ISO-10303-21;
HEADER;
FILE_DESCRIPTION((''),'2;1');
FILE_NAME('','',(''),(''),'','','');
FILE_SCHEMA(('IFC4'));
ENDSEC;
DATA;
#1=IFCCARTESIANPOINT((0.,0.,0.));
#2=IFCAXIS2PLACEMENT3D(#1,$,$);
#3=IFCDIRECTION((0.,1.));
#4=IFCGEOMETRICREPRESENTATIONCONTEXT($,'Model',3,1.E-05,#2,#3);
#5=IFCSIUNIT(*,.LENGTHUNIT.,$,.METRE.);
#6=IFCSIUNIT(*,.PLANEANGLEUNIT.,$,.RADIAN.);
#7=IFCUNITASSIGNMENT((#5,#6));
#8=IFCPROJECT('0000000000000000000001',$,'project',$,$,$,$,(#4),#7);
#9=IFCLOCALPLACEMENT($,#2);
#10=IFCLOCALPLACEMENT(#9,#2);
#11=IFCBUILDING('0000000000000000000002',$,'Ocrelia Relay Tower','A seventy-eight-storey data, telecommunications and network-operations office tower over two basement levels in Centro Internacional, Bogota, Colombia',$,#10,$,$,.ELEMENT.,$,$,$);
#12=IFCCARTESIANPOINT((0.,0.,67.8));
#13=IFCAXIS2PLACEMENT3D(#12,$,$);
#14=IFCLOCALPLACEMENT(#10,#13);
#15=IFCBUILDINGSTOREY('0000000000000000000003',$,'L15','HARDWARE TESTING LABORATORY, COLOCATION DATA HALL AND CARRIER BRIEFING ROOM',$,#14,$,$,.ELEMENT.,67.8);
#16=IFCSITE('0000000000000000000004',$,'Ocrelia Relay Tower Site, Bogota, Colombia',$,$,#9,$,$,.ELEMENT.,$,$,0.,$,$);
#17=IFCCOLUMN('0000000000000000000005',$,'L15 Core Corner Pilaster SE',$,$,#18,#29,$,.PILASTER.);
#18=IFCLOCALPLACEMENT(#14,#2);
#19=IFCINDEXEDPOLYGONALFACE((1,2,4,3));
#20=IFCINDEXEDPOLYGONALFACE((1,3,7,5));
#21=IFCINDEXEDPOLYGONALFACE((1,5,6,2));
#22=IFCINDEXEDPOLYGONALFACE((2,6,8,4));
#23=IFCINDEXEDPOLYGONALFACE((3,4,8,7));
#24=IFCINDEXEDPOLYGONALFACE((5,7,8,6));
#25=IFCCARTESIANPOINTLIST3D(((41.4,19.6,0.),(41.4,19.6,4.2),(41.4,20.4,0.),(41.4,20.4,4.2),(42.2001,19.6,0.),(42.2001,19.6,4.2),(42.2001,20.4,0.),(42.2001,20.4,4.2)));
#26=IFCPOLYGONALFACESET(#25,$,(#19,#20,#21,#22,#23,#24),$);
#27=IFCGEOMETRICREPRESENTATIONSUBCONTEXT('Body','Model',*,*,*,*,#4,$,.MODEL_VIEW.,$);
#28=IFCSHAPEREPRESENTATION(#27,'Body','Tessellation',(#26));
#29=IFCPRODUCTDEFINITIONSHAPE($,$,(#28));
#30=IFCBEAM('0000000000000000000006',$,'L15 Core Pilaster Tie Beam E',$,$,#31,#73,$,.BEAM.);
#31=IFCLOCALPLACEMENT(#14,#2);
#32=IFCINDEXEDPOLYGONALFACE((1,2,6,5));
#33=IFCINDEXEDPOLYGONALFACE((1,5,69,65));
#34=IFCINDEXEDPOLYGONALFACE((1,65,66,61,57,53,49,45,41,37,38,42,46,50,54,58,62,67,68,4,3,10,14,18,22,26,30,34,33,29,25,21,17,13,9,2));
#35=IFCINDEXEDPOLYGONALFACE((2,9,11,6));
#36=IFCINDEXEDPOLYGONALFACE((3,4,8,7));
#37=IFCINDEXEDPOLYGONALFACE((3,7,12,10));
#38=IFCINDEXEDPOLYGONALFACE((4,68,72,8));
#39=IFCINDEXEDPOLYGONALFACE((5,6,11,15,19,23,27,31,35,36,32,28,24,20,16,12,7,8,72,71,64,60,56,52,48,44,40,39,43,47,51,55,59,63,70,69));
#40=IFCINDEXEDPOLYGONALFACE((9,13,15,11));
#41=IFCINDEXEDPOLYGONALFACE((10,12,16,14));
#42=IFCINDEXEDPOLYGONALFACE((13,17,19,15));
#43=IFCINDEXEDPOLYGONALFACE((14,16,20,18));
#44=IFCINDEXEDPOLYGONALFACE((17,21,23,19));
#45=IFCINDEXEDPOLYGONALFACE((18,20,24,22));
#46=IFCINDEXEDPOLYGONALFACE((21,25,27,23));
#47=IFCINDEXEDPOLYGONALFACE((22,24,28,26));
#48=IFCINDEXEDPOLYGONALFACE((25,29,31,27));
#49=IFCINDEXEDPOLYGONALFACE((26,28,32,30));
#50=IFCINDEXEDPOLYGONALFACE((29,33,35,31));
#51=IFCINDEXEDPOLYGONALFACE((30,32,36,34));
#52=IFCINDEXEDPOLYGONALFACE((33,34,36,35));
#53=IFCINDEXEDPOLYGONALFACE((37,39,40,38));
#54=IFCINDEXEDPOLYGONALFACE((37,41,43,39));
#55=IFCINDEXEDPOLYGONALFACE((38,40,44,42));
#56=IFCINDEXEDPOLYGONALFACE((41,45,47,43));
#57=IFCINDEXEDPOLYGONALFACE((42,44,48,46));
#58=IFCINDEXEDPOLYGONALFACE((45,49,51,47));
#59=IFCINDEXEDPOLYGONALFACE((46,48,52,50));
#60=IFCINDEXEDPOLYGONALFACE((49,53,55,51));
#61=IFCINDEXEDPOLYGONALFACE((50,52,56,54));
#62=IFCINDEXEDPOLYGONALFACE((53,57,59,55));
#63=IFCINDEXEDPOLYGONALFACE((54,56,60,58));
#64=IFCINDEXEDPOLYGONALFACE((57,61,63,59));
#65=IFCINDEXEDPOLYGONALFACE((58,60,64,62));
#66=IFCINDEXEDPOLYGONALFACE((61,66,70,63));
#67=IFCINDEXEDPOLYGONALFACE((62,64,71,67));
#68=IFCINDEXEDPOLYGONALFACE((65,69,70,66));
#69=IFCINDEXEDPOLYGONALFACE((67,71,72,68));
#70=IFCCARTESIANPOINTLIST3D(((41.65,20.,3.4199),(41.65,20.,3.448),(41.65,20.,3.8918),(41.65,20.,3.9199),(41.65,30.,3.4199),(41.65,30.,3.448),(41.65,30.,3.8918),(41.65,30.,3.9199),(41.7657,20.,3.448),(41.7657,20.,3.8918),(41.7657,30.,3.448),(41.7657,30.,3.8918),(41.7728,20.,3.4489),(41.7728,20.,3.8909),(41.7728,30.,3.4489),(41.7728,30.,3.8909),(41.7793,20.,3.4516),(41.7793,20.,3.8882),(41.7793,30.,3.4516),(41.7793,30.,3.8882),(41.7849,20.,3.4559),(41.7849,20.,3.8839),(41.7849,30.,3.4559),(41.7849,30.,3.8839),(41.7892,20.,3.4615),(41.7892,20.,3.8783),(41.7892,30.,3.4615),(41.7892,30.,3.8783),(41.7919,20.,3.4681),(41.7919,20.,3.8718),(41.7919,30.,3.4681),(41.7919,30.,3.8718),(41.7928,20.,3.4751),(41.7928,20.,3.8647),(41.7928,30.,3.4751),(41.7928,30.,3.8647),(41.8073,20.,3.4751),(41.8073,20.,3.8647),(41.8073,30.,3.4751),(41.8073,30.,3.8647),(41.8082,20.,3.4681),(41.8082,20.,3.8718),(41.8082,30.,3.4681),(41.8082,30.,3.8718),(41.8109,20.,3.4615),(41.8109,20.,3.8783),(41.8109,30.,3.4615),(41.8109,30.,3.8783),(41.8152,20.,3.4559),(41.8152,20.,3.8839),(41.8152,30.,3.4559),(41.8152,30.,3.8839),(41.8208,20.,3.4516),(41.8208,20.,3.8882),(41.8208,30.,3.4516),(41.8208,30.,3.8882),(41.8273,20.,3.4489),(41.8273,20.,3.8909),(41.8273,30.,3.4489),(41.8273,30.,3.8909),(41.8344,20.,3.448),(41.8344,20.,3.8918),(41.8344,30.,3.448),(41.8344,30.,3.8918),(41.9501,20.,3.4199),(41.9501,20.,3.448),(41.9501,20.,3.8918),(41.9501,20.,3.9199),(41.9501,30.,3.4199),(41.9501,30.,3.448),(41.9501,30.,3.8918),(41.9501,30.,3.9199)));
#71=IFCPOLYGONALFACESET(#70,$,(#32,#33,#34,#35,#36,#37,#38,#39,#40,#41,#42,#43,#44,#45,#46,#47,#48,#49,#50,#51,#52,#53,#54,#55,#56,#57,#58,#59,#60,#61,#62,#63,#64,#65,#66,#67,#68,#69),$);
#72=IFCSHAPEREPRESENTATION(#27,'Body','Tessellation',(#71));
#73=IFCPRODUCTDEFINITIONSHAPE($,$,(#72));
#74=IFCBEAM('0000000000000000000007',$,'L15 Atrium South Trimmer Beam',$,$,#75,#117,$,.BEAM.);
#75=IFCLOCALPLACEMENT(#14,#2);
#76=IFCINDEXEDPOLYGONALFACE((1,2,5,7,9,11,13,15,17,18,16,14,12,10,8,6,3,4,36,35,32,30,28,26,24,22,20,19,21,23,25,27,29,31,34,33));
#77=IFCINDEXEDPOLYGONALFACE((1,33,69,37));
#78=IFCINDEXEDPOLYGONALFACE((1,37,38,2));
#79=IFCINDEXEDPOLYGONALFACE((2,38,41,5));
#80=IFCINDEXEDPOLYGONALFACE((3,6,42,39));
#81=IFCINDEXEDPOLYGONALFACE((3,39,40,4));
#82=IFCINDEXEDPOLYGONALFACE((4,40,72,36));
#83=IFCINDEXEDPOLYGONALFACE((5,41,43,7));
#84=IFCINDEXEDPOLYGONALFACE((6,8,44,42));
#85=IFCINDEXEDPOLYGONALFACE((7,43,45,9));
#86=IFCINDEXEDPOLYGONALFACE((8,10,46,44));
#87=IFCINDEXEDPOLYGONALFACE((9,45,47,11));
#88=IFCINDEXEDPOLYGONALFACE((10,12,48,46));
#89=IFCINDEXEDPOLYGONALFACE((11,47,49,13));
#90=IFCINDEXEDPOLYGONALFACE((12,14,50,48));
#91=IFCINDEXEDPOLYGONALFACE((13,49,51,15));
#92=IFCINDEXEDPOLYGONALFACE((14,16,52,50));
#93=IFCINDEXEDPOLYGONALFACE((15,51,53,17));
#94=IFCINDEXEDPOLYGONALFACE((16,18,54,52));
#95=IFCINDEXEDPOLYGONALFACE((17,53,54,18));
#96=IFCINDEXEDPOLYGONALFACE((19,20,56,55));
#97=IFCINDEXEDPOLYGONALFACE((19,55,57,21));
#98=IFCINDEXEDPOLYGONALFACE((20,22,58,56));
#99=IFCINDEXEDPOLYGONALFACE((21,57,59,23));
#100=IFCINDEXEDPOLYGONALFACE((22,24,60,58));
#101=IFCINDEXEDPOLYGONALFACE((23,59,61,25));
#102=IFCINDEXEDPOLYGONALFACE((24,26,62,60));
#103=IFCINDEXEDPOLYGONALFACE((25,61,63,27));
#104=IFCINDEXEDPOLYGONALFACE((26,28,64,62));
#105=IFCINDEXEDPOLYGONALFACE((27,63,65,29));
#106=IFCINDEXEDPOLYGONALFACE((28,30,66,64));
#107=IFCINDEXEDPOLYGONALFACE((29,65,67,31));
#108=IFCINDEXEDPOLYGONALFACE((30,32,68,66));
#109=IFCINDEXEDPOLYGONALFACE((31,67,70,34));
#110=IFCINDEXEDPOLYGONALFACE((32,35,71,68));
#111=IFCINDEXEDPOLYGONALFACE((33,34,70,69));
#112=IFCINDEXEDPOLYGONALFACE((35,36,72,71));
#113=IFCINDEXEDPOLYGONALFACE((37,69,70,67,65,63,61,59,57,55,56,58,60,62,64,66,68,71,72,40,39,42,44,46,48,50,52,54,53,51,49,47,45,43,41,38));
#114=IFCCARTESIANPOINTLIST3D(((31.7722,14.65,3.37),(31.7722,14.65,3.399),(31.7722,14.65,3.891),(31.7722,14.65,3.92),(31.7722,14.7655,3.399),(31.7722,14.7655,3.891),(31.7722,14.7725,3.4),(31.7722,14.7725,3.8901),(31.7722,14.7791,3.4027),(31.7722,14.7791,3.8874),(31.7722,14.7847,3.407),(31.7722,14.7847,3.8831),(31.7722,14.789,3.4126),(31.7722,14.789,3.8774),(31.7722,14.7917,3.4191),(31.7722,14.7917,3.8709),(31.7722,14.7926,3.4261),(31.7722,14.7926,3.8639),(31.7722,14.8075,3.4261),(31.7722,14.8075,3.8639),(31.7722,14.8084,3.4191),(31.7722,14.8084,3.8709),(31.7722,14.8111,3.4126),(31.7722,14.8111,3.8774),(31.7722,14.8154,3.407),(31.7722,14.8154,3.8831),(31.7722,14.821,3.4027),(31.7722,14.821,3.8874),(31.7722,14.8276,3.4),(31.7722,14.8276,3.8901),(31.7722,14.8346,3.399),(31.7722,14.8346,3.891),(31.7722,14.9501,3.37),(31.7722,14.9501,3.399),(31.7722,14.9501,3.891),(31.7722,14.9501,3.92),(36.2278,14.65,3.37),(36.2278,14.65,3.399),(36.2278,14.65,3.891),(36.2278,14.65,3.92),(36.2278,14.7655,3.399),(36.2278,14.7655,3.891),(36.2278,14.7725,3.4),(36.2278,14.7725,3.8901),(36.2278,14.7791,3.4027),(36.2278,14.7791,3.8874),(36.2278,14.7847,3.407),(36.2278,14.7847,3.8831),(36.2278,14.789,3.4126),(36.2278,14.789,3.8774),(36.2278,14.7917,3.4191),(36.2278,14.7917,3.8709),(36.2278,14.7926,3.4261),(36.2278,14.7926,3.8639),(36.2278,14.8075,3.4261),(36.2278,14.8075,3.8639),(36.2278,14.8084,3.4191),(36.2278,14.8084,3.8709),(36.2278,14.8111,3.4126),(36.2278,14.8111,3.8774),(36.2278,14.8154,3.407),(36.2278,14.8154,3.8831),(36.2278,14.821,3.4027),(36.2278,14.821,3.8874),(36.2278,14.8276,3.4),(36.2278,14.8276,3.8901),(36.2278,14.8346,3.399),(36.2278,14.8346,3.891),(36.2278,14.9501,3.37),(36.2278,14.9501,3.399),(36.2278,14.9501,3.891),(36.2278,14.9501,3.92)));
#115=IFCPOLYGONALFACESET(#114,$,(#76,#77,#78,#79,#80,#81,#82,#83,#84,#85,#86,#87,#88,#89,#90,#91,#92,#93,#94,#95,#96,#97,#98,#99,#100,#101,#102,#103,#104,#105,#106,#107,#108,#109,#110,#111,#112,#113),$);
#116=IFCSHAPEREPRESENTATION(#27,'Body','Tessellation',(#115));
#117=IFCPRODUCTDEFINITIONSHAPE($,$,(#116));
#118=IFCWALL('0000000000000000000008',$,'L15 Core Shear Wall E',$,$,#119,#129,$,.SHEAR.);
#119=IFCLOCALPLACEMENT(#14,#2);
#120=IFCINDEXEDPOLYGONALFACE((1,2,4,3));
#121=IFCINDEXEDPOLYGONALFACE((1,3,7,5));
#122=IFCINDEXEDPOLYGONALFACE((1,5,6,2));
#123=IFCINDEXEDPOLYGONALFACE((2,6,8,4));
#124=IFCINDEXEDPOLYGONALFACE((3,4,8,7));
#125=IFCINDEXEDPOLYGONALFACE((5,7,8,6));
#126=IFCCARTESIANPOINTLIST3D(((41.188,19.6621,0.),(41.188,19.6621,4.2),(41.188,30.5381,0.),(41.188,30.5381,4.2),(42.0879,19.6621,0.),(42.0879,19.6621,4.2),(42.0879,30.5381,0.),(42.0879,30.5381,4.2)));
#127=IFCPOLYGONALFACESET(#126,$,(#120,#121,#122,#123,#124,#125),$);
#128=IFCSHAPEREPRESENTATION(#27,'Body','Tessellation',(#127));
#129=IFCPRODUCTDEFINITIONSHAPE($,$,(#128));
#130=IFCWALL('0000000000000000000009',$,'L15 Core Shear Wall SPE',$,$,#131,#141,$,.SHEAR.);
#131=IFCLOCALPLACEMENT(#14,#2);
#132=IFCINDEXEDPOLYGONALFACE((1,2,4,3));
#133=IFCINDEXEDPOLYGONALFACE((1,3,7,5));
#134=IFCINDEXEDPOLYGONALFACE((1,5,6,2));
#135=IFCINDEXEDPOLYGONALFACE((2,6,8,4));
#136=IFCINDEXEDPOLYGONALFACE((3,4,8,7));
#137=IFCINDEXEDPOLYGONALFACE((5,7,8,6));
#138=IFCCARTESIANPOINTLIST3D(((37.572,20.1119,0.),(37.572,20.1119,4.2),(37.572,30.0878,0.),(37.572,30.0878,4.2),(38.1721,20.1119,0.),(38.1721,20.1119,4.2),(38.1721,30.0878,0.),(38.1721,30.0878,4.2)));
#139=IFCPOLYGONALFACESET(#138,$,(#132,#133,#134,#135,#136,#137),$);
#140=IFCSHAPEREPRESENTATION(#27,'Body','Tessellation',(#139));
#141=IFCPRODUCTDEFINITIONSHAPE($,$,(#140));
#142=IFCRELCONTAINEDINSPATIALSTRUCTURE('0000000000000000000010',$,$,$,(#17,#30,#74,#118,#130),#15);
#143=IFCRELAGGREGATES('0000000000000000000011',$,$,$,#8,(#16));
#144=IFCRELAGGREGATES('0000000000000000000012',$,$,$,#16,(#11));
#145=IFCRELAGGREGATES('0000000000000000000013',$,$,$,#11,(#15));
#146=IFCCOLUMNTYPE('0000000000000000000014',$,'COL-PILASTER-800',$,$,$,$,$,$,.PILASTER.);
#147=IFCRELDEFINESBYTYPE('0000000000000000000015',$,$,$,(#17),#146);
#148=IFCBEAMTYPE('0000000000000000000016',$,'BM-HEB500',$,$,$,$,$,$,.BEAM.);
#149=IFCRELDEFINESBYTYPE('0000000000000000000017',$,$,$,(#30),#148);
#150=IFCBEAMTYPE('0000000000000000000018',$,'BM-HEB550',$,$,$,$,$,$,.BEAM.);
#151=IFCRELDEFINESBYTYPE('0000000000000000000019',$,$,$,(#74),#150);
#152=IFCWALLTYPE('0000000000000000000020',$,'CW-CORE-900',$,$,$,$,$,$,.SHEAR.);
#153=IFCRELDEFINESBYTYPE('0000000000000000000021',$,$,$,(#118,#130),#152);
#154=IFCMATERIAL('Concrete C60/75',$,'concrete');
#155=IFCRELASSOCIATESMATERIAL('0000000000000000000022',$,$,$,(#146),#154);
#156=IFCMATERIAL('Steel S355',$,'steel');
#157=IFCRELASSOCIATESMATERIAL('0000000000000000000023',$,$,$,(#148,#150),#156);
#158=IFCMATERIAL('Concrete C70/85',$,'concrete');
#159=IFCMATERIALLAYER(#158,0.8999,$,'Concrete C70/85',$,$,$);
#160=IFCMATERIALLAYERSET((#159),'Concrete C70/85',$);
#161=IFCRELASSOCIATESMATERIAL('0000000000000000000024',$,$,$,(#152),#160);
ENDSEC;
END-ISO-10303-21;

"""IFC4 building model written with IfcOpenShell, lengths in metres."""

from ifc_helpers import new_model, si_unit, direction, frame, frame_2d, origin, origin_2d, place, context, subcontext, project, spatial, rectangle, i_section, extrude, material, layer, layer_set, material_profile, profile_set, type_object, element, save


model = new_model("IFC4")

# Units and contexts
model_context = context("Model", 3, precision=1e-05, world=origin(), true_north=direction((0.0, 1.0)))
body_context = subcontext(model_context, "Body", "Model", "MODEL_VIEW")
ifc_project = project(units=[si_unit("LENGTHUNIT", "METRE"), si_unit("PLANEANGLEUNIT", "RADIAN")], contexts=[model_context])

# Site, building, storey
site_placement = place(None, origin())
site = spatial("IfcSite", under=ifc_project, at=site_placement, Name="Ocrelia Relay Tower Site, Bogota, Colombia", CompositionType="ELEMENT", RefElevation=0.0)
building_placement = place(site_placement, origin())
building = spatial("IfcBuilding", under=site, at=building_placement, Name="Ocrelia Relay Tower", Description="A seventy-eight-storey data, telecommunications and network-operations office tower over two basement levels in Centro Internacional, Bogota, Colombia", CompositionType="ELEMENT")
storey_placement = place(building_placement, frame((0.0, 0.0, 67.8)))
storey = spatial("IfcBuildingStorey", under=building, at=storey_placement, Name="L15", Description="HARDWARE TESTING LABORATORY, COLOCATION DATA HALL AND CARRIER BRIEFING ROOM", CompositionType="ELEMENT", Elevation=67.8)

# Column
ifc_material_1 = material(Name="Concrete C60/75", Category="concrete")
ifc_material_profile_1 = material_profile(ifc_material_1, rectangle(XDim=0.8, YDim=0.8, at=origin_2d()), Name="RC-COL-800x800")
ifc_profile_set_1 = profile_set([ifc_material_profile_1], Name="Concrete C60/75")
column_type = type_object("IfcColumnType", Name="COL-PILASTER-800", PredefinedType="PILASTER", material=ifc_profile_set_1)
column_placement = place(storey_placement, frame((41.8, 20.0, 0.0), z_axis=(0.0, 0.0, 1.0), x_axis=(1.0, 0.0, 0.0)))
element("IfcColumn", 1, at=column_placement, inside=storey, type_object=column_type, Name="L15 Core Corner Pilaster SE", PredefinedType="PILASTER", context=body_context, shape_type="SweptSolid", body=[
    extrude(rectangle(XDim=0.8, YDim=0.8, at=origin_2d()), origin(), (0.0, 0.0, 1.0), 4.2),
])

# Beams
ifc_material_2 = material(Name="Steel S355", Category="steel")
ifc_material_profile_2 = material_profile(ifc_material_2, i_section(OverallWidth=0.3, OverallDepth=0.5, WebThickness=0.0144, FlangeThickness=0.0281, FilletRadius=0.0271, at=origin_2d()), Name="HEB 500")
ifc_profile_set_2 = profile_set([ifc_material_profile_2], Name="Steel S355")
beam_type_1 = type_object("IfcBeamType", Name="BM-HEB500", PredefinedType="BEAM", material=ifc_profile_set_2)
beam_1_placement = place(storey_placement, frame((41.8, 20.0, 3.6699), z_axis=(0.0, 1.0, 0.0), x_axis=(-1.0, 0.0, 0.0)))
element("IfcBeam", 2, at=beam_1_placement, inside=storey, type_object=beam_type_1, Name="L15 Core Pilaster Tie Beam E", PredefinedType="BEAM", context=body_context, shape_type="SweptSolid", body=[
    extrude(i_section(OverallWidth=0.3, OverallDepth=0.5, WebThickness=0.0144, FlangeThickness=0.0281, FilletRadius=0.0271, at=origin_2d()), origin(), (0.0, 0.0, 1.0), 10.0),
])
ifc_material_profile_3 = material_profile(ifc_material_2, i_section(OverallWidth=0.3, OverallDepth=0.55, WebThickness=0.0149, FlangeThickness=0.0291, FilletRadius=0.0271, at=origin_2d()), Name="HEB 550")
ifc_profile_set_3 = profile_set([ifc_material_profile_3], Name="Steel S355")
beam_type_2 = type_object("IfcBeamType", Name="BM-HEB550", PredefinedType="BEAM", material=ifc_profile_set_3)
beam_2_placement = place(storey_placement, frame((31.7722, 14.8, 3.645), z_axis=(1.0, 0.0, 0.0), x_axis=(0.0, 1.0, 0.0)))
element("IfcBeam", 3, at=beam_2_placement, inside=storey, type_object=beam_type_2, Name="L15 Atrium South Trimmer Beam", PredefinedType="BEAM", context=body_context, shape_type="SweptSolid", body=[
    extrude(i_section(OverallWidth=0.3, OverallDepth=0.55, WebThickness=0.0149, FlangeThickness=0.0291, FilletRadius=0.0271, at=origin_2d()), origin(), (0.0, 0.0, 1.0), 4.4556),
])

# Walls
ifc_material_3 = material(Name="Concrete C70/85", Category="concrete")
ifc_layer_1 = layer(ifc_material_3, 0.8999, Name="Concrete C70/85")
ifc_layer_set_1 = layer_set([ifc_layer_1], Name="Concrete C70/85")
wall_type_1 = type_object("IfcWallType", Name="CW-CORE-900", PredefinedType="SHEAR", material=ifc_layer_set_1)
wall_1_placement = place(storey_placement, frame((41.6379, 19.6621, 0.0), z_axis=(0.0, 0.0, 1.0), x_axis=(0.0, 1.0, 0.0)))
element("IfcWall", 4, at=wall_1_placement, inside=storey, type_object=wall_type_1, Name="L15 Core Shear Wall E", PredefinedType="SHEAR", context=body_context, shape_type="SweptSolid", body=[
    extrude(rectangle(XDim=10.876, YDim=0.8999, at=frame_2d((5.438, 0.0))), origin(), (0.0, 0.0, 1.0), 4.2),
])
wall_2_placement = place(storey_placement, frame((37.8721, 20.1121, 0.0), z_axis=(0.0, 0.0, 1.0), x_axis=(0.0, 1.0, 0.0)))
element("IfcWall", 5, at=wall_2_placement, inside=storey, type_object=wall_type_1, Name="L15 Core Shear Wall SPE", PredefinedType="SHEAR", context=body_context, shape_type="SweptSolid", body=[
    extrude(rectangle(XDim=9.9758, YDim=0.6001, at=frame_2d((4.9878, 0.0))), origin(), (0.0, 0.0, 1.0), 4.2),
])

save(model, "model.ifc")
